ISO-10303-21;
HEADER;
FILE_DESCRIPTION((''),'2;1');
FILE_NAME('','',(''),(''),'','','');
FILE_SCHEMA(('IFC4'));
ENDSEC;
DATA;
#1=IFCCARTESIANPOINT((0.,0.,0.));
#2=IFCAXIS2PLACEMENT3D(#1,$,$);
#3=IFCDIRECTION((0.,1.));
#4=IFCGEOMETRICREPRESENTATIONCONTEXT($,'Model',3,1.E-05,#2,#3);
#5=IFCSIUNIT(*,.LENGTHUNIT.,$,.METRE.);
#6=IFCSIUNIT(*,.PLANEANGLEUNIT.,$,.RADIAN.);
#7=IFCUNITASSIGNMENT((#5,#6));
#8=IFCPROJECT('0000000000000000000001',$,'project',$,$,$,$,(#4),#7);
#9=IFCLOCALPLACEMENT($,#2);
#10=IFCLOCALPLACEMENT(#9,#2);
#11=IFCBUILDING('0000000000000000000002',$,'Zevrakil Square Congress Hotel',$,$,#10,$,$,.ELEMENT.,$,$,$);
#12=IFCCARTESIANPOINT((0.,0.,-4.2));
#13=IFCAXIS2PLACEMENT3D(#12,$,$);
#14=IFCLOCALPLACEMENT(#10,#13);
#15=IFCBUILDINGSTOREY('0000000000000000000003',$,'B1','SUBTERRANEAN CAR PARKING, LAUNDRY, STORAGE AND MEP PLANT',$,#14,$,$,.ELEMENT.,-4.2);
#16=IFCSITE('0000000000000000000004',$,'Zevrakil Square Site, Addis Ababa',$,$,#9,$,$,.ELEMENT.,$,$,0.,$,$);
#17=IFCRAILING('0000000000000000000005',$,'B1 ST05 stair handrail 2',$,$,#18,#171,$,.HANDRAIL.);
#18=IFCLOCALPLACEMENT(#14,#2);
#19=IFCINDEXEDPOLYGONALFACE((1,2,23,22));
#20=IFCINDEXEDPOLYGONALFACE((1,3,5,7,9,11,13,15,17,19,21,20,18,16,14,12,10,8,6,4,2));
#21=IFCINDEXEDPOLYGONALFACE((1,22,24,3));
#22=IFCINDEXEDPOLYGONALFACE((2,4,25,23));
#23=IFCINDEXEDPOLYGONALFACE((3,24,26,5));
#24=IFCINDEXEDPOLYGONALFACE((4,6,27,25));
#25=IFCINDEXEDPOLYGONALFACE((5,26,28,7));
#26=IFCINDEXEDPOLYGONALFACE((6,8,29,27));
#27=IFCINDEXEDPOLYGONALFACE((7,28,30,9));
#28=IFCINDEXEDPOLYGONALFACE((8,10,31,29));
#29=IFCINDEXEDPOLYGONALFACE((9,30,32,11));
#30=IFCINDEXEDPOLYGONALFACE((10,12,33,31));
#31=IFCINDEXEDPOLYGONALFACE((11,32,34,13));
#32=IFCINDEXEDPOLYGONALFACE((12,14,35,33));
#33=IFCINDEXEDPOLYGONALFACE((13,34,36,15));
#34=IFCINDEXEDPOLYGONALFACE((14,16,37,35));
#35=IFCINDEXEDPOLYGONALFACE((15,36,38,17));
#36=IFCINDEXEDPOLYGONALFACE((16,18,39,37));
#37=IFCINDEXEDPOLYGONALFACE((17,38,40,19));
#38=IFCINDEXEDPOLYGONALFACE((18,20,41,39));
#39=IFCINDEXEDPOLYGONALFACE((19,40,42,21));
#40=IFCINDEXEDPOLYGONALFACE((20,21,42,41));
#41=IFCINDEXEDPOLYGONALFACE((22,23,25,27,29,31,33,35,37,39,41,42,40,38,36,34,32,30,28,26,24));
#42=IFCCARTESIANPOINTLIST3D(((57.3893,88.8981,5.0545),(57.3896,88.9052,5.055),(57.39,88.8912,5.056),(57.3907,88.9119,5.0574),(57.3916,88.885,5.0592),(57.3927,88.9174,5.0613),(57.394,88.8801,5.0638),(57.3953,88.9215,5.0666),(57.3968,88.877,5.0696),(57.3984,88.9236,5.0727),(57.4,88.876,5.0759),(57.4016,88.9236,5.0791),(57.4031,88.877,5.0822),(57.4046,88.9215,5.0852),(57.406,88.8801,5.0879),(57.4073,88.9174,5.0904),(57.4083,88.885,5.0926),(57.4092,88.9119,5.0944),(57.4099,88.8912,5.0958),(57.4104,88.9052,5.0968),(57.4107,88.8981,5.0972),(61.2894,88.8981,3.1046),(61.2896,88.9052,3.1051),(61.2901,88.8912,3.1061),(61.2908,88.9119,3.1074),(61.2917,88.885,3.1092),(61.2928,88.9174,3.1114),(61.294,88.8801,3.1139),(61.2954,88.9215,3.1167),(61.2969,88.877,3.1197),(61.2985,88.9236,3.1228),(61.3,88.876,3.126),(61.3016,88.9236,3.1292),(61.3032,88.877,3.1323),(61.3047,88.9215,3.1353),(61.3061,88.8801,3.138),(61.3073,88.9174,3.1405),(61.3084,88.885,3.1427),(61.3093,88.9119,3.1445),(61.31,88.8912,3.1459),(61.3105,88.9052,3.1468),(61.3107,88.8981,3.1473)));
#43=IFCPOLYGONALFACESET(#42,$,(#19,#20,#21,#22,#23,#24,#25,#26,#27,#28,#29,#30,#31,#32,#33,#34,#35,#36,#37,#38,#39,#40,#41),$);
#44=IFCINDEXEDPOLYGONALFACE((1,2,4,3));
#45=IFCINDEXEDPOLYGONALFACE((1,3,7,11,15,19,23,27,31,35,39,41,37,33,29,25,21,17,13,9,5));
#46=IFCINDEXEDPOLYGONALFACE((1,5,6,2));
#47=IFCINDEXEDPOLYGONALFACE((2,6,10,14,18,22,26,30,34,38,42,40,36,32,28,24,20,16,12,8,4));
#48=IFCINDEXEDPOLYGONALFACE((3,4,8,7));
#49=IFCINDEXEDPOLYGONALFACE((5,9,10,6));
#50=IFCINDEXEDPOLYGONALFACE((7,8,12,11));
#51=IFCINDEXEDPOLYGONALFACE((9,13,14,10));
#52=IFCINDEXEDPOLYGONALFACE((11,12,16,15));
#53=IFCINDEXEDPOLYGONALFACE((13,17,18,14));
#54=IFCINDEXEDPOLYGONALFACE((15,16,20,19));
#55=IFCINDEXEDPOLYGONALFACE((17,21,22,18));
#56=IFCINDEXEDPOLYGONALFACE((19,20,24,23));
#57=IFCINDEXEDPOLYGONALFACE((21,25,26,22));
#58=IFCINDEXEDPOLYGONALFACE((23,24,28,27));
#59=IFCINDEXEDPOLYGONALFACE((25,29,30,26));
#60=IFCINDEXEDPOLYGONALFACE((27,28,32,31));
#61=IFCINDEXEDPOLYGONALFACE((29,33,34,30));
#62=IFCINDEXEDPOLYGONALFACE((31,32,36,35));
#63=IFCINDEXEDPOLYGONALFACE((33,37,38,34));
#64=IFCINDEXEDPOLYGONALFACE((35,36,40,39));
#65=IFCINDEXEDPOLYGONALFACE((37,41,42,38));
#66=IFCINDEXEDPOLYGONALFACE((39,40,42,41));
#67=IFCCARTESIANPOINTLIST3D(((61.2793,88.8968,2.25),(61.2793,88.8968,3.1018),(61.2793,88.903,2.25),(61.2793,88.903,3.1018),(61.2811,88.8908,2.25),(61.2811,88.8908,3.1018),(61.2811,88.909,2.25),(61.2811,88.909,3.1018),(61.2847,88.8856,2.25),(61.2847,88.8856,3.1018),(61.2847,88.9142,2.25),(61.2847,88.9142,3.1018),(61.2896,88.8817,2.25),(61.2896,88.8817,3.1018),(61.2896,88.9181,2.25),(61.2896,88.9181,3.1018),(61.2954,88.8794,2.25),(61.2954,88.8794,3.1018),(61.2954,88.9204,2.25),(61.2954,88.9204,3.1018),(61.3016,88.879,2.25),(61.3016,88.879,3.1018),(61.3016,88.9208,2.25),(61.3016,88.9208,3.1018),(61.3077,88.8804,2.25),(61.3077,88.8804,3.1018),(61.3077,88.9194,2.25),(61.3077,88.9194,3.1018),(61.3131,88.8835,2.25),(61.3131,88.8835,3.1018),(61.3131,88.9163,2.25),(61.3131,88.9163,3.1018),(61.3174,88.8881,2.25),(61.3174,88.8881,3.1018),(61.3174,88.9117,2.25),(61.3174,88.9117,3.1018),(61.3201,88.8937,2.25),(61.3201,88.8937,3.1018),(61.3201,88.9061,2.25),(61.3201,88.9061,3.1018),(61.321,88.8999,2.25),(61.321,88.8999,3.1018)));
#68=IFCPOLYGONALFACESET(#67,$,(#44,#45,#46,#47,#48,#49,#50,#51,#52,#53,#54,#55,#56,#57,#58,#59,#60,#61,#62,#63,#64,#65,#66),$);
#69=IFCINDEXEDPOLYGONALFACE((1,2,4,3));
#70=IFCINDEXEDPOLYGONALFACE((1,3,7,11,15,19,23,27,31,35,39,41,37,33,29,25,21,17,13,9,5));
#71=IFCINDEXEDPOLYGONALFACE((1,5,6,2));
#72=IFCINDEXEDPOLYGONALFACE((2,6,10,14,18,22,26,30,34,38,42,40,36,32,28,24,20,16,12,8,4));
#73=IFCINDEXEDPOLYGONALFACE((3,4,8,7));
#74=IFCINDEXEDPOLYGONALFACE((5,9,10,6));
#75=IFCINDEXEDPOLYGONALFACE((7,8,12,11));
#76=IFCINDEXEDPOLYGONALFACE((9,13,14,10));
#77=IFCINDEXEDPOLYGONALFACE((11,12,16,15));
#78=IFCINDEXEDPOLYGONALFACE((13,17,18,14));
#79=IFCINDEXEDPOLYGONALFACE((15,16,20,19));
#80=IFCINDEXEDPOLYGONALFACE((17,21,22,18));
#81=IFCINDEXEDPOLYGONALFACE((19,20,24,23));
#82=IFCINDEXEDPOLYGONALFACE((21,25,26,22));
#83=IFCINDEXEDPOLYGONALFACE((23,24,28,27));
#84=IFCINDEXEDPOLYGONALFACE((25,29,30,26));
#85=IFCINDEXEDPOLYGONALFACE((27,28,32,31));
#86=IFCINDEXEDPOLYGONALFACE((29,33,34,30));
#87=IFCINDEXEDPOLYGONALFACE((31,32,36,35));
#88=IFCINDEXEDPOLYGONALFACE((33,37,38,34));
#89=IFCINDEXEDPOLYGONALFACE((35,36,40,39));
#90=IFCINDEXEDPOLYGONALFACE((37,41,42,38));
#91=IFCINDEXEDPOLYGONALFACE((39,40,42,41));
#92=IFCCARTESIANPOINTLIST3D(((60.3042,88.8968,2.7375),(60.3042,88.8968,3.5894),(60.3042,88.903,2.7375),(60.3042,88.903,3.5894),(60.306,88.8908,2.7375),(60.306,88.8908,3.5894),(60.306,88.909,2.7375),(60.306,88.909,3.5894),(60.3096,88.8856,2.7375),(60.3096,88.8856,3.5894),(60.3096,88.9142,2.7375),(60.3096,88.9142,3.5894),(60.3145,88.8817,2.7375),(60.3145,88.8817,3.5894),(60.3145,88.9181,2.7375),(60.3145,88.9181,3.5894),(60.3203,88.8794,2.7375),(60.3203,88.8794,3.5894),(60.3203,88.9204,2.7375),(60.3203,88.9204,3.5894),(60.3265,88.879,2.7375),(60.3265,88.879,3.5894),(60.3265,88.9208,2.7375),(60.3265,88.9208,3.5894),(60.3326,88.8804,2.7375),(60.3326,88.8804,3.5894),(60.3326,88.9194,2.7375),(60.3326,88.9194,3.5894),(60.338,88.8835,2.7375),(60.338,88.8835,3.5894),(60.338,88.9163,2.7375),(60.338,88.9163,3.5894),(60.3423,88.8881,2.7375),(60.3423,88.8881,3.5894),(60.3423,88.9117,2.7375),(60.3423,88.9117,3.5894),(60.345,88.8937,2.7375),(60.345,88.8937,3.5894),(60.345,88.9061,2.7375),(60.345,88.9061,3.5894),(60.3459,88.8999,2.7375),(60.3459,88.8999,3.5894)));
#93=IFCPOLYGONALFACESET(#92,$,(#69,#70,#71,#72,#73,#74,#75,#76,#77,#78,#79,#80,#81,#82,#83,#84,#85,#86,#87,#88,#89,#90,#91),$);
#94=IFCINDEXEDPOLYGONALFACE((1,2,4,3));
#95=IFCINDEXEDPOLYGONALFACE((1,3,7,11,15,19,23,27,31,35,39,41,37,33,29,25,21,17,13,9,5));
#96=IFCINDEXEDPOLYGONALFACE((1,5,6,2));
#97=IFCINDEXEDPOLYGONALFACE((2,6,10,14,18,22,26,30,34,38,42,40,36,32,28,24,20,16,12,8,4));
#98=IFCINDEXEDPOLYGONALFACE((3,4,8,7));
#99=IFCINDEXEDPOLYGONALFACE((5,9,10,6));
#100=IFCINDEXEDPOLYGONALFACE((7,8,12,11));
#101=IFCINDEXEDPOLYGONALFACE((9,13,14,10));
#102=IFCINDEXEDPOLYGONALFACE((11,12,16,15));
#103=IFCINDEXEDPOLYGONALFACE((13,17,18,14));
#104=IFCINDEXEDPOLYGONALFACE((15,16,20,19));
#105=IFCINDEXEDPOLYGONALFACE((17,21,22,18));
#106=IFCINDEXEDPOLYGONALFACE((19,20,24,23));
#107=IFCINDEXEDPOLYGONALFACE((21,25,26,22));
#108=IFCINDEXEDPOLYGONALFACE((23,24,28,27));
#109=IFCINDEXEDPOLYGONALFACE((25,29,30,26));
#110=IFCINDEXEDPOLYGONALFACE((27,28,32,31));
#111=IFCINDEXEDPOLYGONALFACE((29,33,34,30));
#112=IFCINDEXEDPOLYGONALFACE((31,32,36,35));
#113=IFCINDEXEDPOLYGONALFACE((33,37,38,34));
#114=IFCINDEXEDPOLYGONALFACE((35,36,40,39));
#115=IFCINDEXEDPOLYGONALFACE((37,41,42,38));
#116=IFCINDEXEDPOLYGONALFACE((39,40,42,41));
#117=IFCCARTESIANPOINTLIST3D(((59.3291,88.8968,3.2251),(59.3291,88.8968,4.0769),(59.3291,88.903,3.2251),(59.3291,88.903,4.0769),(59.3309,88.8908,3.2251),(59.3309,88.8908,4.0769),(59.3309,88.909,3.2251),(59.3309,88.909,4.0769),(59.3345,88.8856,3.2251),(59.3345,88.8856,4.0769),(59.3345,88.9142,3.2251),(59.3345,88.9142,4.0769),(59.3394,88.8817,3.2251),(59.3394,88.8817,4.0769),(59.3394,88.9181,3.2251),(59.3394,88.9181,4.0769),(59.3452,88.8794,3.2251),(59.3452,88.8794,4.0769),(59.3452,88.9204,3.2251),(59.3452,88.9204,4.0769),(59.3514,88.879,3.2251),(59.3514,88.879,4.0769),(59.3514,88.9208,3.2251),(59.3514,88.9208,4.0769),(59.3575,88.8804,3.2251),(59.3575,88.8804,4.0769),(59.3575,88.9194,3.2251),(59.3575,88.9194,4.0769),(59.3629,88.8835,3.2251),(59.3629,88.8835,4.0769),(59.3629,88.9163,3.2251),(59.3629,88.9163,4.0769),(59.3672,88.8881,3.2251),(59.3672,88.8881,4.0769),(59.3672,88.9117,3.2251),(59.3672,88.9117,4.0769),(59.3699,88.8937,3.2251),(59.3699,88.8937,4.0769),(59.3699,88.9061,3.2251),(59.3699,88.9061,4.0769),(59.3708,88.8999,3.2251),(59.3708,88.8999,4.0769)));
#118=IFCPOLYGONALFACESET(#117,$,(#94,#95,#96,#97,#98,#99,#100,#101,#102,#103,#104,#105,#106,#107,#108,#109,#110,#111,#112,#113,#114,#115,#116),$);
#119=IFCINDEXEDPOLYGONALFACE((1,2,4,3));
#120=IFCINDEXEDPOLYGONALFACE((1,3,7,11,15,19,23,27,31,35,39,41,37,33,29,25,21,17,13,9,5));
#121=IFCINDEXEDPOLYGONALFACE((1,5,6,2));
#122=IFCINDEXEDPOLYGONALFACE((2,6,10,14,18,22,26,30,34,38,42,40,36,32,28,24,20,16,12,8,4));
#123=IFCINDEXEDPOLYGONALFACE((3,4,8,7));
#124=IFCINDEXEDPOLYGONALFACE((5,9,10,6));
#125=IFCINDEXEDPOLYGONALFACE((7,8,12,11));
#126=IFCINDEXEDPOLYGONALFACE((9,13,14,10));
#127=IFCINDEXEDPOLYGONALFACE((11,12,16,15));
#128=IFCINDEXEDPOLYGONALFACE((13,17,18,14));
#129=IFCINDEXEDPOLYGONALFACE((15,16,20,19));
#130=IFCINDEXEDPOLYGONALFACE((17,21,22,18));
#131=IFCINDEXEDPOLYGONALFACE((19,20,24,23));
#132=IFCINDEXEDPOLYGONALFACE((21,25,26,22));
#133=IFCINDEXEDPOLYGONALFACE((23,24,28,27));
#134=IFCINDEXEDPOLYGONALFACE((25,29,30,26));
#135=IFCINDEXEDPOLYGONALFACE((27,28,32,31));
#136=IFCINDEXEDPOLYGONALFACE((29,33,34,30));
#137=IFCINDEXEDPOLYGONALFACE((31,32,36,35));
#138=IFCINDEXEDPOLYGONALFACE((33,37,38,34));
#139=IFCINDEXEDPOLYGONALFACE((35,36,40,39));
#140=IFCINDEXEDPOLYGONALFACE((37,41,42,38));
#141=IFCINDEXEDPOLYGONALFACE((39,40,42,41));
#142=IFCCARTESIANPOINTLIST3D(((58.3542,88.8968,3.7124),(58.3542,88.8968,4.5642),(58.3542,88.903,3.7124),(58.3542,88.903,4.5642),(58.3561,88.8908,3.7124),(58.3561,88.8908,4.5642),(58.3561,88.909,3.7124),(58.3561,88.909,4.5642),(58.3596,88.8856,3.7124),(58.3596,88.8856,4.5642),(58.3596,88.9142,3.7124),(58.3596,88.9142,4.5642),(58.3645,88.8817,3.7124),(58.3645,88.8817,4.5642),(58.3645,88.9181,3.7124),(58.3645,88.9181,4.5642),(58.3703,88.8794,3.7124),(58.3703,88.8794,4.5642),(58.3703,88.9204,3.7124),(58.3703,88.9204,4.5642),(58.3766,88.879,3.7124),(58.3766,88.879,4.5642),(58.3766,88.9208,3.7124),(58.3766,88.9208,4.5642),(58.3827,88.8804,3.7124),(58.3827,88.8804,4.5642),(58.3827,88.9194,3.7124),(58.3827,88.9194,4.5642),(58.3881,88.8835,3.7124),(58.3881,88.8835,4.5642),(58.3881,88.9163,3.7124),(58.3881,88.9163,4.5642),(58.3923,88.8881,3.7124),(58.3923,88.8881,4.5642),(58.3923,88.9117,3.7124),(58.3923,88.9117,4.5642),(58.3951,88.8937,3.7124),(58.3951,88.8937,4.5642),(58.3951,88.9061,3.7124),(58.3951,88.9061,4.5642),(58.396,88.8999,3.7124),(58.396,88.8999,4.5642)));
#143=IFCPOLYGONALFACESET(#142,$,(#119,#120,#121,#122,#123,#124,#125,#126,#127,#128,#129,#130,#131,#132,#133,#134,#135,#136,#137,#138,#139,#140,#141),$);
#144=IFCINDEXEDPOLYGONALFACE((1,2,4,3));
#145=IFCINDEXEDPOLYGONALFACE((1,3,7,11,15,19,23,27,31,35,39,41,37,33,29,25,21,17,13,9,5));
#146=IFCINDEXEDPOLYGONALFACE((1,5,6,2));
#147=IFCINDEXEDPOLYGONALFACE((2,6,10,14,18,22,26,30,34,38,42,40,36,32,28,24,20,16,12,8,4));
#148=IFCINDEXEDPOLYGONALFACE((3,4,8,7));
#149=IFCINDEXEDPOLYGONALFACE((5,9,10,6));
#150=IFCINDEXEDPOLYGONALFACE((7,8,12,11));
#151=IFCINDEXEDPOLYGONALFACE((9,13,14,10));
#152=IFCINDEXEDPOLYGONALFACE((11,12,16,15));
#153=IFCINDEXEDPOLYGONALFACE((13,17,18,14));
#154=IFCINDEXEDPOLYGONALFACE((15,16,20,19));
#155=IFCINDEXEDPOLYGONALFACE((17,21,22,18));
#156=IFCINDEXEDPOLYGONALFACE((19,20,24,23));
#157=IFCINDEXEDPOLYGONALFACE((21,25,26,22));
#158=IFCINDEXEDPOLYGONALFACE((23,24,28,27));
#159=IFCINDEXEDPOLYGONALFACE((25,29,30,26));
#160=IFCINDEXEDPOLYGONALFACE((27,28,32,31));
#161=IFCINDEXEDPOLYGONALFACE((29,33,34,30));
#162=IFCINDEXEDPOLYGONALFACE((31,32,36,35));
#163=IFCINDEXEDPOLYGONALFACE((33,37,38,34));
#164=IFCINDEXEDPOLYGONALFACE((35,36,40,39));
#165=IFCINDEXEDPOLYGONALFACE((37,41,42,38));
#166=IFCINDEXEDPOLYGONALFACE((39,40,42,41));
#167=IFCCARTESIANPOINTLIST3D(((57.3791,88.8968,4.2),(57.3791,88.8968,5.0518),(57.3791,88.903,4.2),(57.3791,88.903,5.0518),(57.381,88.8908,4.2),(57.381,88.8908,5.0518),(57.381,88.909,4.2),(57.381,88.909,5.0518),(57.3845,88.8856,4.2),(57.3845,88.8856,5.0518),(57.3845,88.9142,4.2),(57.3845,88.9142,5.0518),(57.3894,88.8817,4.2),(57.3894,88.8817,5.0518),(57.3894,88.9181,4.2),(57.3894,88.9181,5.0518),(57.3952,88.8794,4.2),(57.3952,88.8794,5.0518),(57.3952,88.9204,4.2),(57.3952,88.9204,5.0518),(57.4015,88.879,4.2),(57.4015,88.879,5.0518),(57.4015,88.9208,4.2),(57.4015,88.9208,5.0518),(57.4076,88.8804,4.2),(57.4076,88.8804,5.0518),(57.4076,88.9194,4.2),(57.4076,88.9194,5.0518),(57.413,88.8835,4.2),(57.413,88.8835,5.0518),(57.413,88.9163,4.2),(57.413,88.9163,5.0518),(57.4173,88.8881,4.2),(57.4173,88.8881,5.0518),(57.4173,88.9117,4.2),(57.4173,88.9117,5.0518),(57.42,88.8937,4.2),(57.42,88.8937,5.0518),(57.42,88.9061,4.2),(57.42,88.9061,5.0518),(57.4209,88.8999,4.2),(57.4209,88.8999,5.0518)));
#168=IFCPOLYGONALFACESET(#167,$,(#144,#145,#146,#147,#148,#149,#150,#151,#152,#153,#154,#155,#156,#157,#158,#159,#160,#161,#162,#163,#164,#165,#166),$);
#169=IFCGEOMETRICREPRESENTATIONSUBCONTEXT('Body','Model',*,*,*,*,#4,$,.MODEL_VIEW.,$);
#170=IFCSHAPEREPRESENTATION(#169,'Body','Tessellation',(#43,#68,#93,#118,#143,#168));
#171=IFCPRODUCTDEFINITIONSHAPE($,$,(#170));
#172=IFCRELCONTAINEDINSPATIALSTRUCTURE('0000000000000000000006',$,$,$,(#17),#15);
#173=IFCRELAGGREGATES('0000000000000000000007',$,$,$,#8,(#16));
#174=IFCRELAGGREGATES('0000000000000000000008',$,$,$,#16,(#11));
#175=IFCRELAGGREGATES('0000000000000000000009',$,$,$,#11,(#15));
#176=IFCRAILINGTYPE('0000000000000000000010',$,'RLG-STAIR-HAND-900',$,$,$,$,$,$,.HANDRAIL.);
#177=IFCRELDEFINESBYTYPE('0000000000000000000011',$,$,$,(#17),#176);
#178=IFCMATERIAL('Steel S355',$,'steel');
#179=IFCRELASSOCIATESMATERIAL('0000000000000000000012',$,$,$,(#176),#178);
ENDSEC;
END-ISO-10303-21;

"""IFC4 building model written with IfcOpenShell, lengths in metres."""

from ifc_helpers import new_model, si_unit, direction, frame, origin, origin_2d, place, context, subcontext, project, spatial, circle, extrude, material, type_object, element, save


model = new_model("IFC4")

# Units and contexts
model_context = context("Model", 3, precision=1e-05, world=origin(), true_north=direction((0.0, 1.0)))
body_context = subcontext(model_context, "Body", "Model", "MODEL_VIEW")
ifc_project = project(units=[si_unit("LENGTHUNIT", "METRE"), si_unit("PLANEANGLEUNIT", "RADIAN")], contexts=[model_context])

# Site, building, storey
site_placement = place(None, origin())
site = spatial("IfcSite", under=ifc_project, at=site_placement, Name="Zevrakil Square Site, Addis Ababa", CompositionType="ELEMENT", RefElevation=0.0)
building_placement = place(site_placement, origin())
building = spatial("IfcBuilding", under=site, at=building_placement, Name="Zevrakil Square Congress Hotel", CompositionType="ELEMENT")
storey_placement = place(building_placement, frame((0.0, 0.0, -4.2)))
storey = spatial("IfcBuildingStorey", under=building, at=storey_placement, Name="B1", Description="SUBTERRANEAN CAR PARKING, LAUNDRY, STORAGE AND MEP PLANT", CompositionType="ELEMENT", Elevation=-4.2)

# Railing
ifc_material_1 = material(Name="Steel S355", Category="steel")
railing_type_1 = type_object("IfcRailingType", Name="RLG-STAIR-HAND-900", PredefinedType="HANDRAIL", material=ifc_material_1)
railing_1_placement = place(storey_placement, frame((61.3, 88.8999, 2.25)))
element("IfcRailing", 1, at=railing_1_placement, inside=storey, type_object=railing_type_1, Name="B1 ST05 stair handrail 2", PredefinedType="HANDRAIL", context=body_context, shape_type="SweptSolid", body=[
    extrude(circle(Radius=0.0239, at=origin_2d()), frame((0.0, 0.0, 0.876), z_axis=(-0.894438, 0.0, 0.447191), x_axis=(0.0, -1.0, 0.0)), (0.0, 0.0, 1.0), 4.3604),
    extrude(circle(Radius=0.021, at=origin_2d()), origin(), (0.0, 0.0, 1.0), 0.8518),
    extrude(circle(Radius=0.021, at=origin_2d()), frame((-0.9751, 0.0, 0.4875)), (0.0, 0.0, 1.0), 0.8518),
    extrude(circle(Radius=0.021, at=origin_2d()), frame((-1.9502, 0.0, 0.9751)), (0.0, 0.0, 1.0), 0.8518),
    extrude(circle(Radius=0.021, at=origin_2d()), frame((-2.925, 0.0, 1.4624)), (0.0, 0.0, 1.0), 0.8518),
    extrude(circle(Radius=0.021, at=origin_2d()), frame((-3.9001, 0.0, 1.95)), (0.0, 0.0, 1.0), 0.8518),
])

save(model, "model.ifc")
